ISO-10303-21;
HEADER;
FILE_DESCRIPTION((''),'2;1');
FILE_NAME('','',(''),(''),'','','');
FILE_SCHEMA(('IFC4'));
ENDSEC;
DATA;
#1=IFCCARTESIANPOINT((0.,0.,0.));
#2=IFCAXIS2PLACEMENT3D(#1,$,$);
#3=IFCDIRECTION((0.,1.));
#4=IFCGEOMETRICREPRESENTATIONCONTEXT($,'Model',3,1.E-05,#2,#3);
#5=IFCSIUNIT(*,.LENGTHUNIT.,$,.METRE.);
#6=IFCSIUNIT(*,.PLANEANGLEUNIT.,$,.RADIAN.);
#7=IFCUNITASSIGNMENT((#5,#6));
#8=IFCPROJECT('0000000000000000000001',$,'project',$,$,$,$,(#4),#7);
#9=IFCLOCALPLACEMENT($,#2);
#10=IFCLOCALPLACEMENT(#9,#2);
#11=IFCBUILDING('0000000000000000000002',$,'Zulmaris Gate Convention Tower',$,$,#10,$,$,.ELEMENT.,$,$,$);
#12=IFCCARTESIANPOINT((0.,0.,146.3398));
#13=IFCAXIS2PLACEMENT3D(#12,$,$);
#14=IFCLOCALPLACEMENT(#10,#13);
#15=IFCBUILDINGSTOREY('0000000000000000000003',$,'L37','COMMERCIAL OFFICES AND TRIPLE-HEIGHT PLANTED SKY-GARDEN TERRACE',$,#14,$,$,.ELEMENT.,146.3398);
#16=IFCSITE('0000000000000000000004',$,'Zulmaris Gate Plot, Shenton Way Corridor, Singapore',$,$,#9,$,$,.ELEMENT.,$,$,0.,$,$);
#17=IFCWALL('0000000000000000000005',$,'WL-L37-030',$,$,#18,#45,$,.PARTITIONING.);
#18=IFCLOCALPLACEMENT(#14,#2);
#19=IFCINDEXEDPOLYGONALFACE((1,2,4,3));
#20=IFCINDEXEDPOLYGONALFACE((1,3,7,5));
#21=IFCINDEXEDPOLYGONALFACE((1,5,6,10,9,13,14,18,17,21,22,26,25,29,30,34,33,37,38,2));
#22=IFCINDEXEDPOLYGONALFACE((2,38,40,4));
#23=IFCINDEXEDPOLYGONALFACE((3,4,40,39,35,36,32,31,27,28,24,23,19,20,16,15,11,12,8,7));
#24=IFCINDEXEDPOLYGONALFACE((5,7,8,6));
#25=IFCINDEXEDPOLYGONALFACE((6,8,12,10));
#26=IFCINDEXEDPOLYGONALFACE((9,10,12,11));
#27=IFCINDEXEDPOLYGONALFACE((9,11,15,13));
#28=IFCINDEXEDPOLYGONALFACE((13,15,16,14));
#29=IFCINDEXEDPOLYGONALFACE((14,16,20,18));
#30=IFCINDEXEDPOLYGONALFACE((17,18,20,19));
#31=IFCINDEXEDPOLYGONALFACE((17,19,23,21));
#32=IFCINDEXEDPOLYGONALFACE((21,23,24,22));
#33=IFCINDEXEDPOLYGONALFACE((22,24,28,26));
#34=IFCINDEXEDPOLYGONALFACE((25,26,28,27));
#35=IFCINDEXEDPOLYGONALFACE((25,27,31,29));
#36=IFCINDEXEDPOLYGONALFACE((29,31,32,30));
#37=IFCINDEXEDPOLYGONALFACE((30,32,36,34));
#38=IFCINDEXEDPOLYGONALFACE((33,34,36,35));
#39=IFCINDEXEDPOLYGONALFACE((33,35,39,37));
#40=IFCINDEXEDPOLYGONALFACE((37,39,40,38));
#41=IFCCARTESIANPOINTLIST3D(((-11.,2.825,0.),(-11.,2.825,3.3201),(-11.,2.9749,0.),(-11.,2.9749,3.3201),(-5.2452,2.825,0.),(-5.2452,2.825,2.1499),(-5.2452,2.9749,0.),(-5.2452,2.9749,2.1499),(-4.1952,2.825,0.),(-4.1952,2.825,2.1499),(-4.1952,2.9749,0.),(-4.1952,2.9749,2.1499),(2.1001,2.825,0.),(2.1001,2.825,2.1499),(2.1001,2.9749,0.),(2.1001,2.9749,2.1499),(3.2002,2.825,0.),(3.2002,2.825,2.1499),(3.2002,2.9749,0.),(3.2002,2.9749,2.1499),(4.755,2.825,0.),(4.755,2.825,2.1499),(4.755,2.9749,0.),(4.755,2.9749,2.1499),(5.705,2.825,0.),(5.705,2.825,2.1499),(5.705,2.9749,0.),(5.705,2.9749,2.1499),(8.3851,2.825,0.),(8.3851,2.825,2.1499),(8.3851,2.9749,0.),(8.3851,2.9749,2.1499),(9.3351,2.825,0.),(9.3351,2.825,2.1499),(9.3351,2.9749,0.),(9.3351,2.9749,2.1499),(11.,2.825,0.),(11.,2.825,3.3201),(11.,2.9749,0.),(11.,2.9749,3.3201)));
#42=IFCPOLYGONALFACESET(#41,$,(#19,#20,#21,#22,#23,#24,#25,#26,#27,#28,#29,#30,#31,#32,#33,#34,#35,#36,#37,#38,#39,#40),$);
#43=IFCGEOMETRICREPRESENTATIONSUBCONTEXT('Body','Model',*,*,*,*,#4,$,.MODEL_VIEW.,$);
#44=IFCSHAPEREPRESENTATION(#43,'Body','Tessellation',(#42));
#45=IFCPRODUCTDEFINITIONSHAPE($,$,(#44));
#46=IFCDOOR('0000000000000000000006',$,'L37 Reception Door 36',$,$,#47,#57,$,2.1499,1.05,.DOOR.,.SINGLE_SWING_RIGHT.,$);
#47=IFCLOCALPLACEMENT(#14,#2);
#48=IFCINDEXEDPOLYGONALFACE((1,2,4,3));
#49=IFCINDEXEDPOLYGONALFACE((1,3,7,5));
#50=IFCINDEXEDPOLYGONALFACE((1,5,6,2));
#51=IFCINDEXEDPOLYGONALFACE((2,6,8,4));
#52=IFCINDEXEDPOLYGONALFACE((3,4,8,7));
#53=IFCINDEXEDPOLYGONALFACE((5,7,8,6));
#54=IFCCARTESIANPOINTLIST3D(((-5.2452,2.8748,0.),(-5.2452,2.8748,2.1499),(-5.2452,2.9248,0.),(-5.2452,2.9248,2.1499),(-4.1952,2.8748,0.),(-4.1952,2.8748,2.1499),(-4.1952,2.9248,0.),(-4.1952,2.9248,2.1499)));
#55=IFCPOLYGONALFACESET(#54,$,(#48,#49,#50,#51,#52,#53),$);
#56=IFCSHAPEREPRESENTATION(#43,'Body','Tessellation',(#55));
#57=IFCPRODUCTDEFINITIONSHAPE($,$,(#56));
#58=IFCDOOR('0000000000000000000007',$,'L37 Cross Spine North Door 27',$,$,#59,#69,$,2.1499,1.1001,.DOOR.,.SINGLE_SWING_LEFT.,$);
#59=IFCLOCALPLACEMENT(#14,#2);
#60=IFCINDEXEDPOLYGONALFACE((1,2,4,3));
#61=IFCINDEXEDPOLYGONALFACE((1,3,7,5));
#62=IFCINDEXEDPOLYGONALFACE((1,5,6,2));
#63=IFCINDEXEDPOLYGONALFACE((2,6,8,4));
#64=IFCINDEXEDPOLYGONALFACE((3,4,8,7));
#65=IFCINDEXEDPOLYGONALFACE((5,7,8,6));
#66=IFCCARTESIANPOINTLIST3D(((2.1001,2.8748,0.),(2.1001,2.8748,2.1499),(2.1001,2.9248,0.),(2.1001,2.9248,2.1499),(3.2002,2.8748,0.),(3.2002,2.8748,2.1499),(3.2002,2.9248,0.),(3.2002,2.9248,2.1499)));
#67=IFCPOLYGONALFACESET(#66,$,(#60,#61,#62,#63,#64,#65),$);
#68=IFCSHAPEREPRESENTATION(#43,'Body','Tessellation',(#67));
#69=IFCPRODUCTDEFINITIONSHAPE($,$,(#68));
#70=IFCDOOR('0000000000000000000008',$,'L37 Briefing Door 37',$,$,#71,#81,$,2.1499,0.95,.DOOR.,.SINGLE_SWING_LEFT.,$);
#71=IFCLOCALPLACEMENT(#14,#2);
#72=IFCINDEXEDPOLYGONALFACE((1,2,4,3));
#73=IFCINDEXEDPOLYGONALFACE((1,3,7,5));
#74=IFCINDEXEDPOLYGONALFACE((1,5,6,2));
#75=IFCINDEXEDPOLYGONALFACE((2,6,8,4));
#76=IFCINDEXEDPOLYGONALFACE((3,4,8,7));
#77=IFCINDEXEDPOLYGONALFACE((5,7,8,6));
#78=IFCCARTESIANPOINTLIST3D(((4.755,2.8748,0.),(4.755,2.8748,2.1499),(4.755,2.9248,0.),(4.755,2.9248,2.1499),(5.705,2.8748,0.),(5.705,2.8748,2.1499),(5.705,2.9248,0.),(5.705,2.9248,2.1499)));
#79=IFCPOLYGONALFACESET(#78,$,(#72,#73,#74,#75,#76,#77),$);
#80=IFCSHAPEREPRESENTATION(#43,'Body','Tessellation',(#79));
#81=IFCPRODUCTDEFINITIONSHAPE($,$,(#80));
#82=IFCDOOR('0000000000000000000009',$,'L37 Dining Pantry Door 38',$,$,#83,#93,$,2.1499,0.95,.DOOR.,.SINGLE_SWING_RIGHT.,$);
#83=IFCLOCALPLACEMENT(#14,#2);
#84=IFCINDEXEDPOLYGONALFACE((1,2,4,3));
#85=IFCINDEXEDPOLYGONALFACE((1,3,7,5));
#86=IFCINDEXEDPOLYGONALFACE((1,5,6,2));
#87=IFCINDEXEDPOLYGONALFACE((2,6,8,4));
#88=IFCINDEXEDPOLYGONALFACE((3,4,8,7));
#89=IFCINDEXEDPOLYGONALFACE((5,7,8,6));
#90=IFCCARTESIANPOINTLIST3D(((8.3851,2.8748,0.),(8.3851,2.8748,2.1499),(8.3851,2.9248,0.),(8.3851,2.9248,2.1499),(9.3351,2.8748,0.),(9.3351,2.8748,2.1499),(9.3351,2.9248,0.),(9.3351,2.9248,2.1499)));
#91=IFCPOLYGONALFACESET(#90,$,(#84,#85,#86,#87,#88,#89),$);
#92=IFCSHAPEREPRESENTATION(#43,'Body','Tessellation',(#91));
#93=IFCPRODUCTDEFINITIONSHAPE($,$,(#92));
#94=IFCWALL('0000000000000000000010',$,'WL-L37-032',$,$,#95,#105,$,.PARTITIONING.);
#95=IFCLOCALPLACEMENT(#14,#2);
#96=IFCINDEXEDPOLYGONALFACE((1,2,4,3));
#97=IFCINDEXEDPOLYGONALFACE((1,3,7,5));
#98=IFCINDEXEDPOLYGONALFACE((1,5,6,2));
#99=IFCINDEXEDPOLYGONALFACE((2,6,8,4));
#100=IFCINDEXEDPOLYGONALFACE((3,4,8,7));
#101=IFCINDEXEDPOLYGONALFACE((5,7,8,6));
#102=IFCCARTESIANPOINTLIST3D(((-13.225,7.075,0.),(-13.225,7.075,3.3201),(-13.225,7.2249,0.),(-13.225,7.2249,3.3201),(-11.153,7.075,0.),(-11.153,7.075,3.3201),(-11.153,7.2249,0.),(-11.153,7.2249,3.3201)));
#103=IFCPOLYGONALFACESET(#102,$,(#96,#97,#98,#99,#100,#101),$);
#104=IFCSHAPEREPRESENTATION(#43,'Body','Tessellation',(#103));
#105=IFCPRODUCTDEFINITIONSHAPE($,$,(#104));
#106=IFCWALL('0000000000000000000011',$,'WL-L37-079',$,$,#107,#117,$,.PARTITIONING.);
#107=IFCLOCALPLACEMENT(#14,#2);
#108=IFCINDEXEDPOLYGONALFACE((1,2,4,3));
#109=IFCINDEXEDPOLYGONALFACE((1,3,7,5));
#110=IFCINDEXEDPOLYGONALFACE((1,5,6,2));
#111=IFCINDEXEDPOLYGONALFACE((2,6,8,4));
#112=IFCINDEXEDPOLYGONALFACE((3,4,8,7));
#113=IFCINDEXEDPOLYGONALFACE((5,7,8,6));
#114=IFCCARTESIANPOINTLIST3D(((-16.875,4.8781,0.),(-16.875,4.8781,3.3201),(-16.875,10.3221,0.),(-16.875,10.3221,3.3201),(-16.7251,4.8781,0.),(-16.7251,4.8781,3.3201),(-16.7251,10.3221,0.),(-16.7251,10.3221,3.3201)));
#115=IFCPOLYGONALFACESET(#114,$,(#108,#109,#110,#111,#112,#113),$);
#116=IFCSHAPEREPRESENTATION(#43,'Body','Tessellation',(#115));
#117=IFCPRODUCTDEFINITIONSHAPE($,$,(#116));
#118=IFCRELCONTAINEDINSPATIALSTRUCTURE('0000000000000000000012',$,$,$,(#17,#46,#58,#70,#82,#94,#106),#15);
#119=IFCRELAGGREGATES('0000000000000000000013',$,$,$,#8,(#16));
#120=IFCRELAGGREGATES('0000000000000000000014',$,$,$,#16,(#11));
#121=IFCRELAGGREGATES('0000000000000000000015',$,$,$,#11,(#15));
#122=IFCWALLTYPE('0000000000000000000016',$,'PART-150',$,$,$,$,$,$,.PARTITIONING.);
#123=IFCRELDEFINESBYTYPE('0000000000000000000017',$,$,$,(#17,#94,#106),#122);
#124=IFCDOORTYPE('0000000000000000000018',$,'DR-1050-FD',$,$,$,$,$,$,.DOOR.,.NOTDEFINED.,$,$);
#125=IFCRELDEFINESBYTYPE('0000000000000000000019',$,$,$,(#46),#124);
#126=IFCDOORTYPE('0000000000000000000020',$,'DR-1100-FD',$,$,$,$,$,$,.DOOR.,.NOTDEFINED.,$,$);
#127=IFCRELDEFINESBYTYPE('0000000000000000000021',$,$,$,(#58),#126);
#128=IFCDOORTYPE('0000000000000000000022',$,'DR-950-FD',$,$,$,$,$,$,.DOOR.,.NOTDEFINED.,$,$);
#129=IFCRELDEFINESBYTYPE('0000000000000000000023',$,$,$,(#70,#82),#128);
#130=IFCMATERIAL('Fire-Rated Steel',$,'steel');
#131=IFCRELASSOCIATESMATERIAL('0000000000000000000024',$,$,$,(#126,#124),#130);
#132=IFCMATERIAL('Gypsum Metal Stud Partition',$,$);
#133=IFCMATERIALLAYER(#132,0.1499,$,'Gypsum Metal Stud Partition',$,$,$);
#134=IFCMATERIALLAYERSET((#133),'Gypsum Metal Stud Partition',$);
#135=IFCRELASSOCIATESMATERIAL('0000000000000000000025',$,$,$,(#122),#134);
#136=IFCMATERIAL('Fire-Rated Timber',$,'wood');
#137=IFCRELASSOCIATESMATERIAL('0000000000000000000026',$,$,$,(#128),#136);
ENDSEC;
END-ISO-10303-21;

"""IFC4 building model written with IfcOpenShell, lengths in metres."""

from ifc_helpers import new_model, si_unit, direction, frame, frame_2d, origin, place, context, subcontext, project, spatial, rectangle, extrude, material, layer, layer_set, type_object, element, fill, save


model = new_model("IFC4")

# Units and contexts
model_context = context("Model", 3, precision=1e-05, world=origin(), true_north=direction((0.0, 1.0)))
body_context = subcontext(model_context, "Body", "Model", "MODEL_VIEW")
ifc_project = project(units=[si_unit("LENGTHUNIT", "METRE"), si_unit("PLANEANGLEUNIT", "RADIAN")], contexts=[model_context])

# Site, building, storey
site_placement = place(None, origin())
site = spatial("IfcSite", under=ifc_project, at=site_placement, Name="Zulmaris Gate Plot, Shenton Way Corridor, Singapore", CompositionType="ELEMENT", RefElevation=0.0)
building_placement = place(site_placement, origin())
building = spatial("IfcBuilding", under=site, at=building_placement, Name="Zulmaris Gate Convention Tower", CompositionType="ELEMENT")
storey_placement = place(building_placement, frame((0.0, 0.0, 146.3398)))
storey = spatial("IfcBuildingStorey", under=building, at=storey_placement, Name="L37", Description="COMMERCIAL OFFICES AND TRIPLE-HEIGHT PLANTED SKY-GARDEN TERRACE", CompositionType="ELEMENT", Elevation=146.3398)

# Shared definitions
ifc_material_1 = material(Name="Fire-Rated Steel", Category="steel")
door_type_1 = type_object("IfcDoorType", Name="DR-1100-FD", OperationType="NOTDEFINED", PredefinedType="DOOR", material=ifc_material_1)

# Wall, openings, doors
ifc_material_2 = material(Name="Gypsum Metal Stud Partition")
ifc_layer_1 = layer(ifc_material_2, 0.1499, Name="Gypsum Metal Stud Partition")
ifc_layer_set_1 = layer_set([ifc_layer_1], Name="Gypsum Metal Stud Partition")
wall_type_1 = type_object("IfcWallType", Name="PART-150", PredefinedType="PARTITIONING", material=ifc_layer_set_1)
wall_1_placement = place(storey_placement, frame((-11.0, 2.8999, 0.0), z_axis=(0.0, 0.0, 1.0), x_axis=(1.0, 0.0, 0.0)))
wall_1 = element("IfcWall", 1, at=wall_1_placement, inside=storey, type_object=wall_type_1, Name="WL-L37-030", PredefinedType="PARTITIONING", context=body_context, shape_type="SweptSolid", body=[
    extrude(rectangle(XDim=22.0, YDim=0.1499, at=frame_2d((11.0, 0.0))), origin(), (0.0, 0.0, 1.0), 3.3201),
])
opening_1_placement = place(wall_1_placement, frame((13.1001, 0.0, 0.0)))
opening_1 = element("IfcOpeningElement", 2, at=opening_1_placement, cuts=wall_1, PredefinedType="OPENING", context=body_context, shape_type="SweptSolid", body=[
    extrude(rectangle(XDim=1.1001, YDim=2.1499, at=frame_2d((0.55, 1.075))), frame((0.0, 0.085, 0.0), z_axis=(0.0, -1.0, 0.0), x_axis=(1.0, 0.0, 0.0)), (0.0, 0.0, 1.0), 0.1699),
])
opening_2_placement = place(wall_1_placement, frame((5.7549, 0.0, 0.0)))
opening_2 = element("IfcOpeningElement", 3, at=opening_2_placement, cuts=wall_1, PredefinedType="OPENING", context=body_context, shape_type="SweptSolid", body=[
    extrude(rectangle(XDim=1.05, YDim=2.1499, at=frame_2d((0.5249, 1.075))), frame((0.0, 0.085, 0.0), z_axis=(0.0, -1.0, 0.0), x_axis=(1.0, 0.0, 0.0)), (0.0, 0.0, 1.0), 0.1699),
])
opening_3_placement = place(wall_1_placement, frame((15.7549, 0.0, 0.0)))
opening_3 = element("IfcOpeningElement", 4, at=opening_3_placement, cuts=wall_1, PredefinedType="OPENING", context=body_context, shape_type="SweptSolid", body=[
    extrude(rectangle(XDim=0.95, YDim=2.1499, at=frame_2d((0.4751, 1.075))), frame((0.0, 0.085, 0.0), z_axis=(0.0, -1.0, 0.0), x_axis=(1.0, 0.0, 0.0)), (0.0, 0.0, 1.0), 0.1699),
])
opening_4_placement = place(wall_1_placement, frame((19.385, 0.0, 0.0)))
opening_4 = element("IfcOpeningElement", 5, at=opening_4_placement, cuts=wall_1, PredefinedType="OPENING", context=body_context, shape_type="SweptSolid", body=[
    extrude(rectangle(XDim=0.95, YDim=2.1499, at=frame_2d((0.4751, 1.075))), frame((0.0, 0.085, 0.0), z_axis=(0.0, -1.0, 0.0), x_axis=(1.0, 0.0, 0.0)), (0.0, 0.0, 1.0), 0.1699),
])
door_type_2 = type_object("IfcDoorType", Name="DR-1050-FD", OperationType="NOTDEFINED", PredefinedType="DOOR", material=ifc_material_1)
door_1_placement = place(opening_2_placement, origin())
door_1 = element("IfcDoor", 6, at=door_1_placement, inside=storey, type_object=door_type_2, Name="L37 Reception Door 36", OperationType="SINGLE_SWING_RIGHT", OverallHeight=2.1499, OverallWidth=1.05, PredefinedType="DOOR", context=body_context, shape_type="SweptSolid", body=[
    extrude(rectangle(XDim=1.05, YDim=2.1499, at=frame_2d((0.5249, 1.075))), frame((0.0, 0.0249, 0.0), z_axis=(0.0, -1.0, 0.0), x_axis=(1.0, 0.0, 0.0)), (0.0, 0.0, 1.0), 0.05),
])
fill(opening_2, door_1)
door_2_placement = place(opening_1_placement, origin())
door_2 = element("IfcDoor", 7, at=door_2_placement, inside=storey, type_object=door_type_1, Name="L37 Cross Spine North Door 27", OperationType="SINGLE_SWING_LEFT", OverallHeight=2.1499, OverallWidth=1.1001, PredefinedType="DOOR", context=body_context, shape_type="SweptSolid", body=[
    extrude(rectangle(XDim=1.1001, YDim=2.1499, at=frame_2d((0.55, 1.075))), frame((0.0, 0.0249, 0.0), z_axis=(0.0, -1.0, 0.0), x_axis=(1.0, 0.0, 0.0)), (0.0, 0.0, 1.0), 0.05),
])
fill(opening_1, door_2)
ifc_material_3 = material(Name="Fire-Rated Timber", Category="wood")
door_type_3 = type_object("IfcDoorType", Name="DR-950-FD", OperationType="NOTDEFINED", PredefinedType="DOOR", material=ifc_material_3)
door_3_placement = place(opening_3_placement, origin())
door_3 = element("IfcDoor", 8, at=door_3_placement, inside=storey, type_object=door_type_3, Name="L37 Briefing Door 37", OperationType="SINGLE_SWING_LEFT", OverallHeight=2.1499, OverallWidth=0.95, PredefinedType="DOOR", context=body_context, shape_type="SweptSolid", body=[
    extrude(rectangle(XDim=0.95, YDim=2.1499, at=frame_2d((0.4751, 1.075))), frame((0.0, 0.0249, 0.0), z_axis=(0.0, -1.0, 0.0), x_axis=(1.0, 0.0, 0.0)), (0.0, 0.0, 1.0), 0.05),
])
fill(opening_3, door_3)
door_4_placement = place(opening_4_placement, origin())
door_4 = element("IfcDoor", 9, at=door_4_placement, inside=storey, type_object=door_type_3, Name="L37 Dining Pantry Door 38", OperationType="SINGLE_SWING_RIGHT", OverallHeight=2.1499, OverallWidth=0.95, PredefinedType="DOOR", context=body_context, shape_type="SweptSolid", body=[
    extrude(rectangle(XDim=0.95, YDim=2.1499, at=frame_2d((0.4751, 1.075))), frame((0.0, 0.0249, 0.0), z_axis=(0.0, -1.0, 0.0), x_axis=(1.0, 0.0, 0.0)), (0.0, 0.0, 1.0), 0.05),
])
fill(opening_4, door_4)

# Walls
wall_2_placement = place(storey_placement, frame((-13.2251, 7.1499, 0.0), z_axis=(0.0, 0.0, 1.0), x_axis=(1.0, 0.0, 0.0)))
element("IfcWall", 10, at=wall_2_placement, inside=storey, type_object=wall_type_1, Name="WL-L37-032", PredefinedType="PARTITIONING", context=body_context, shape_type="SweptSolid", body=[
    extrude(rectangle(XDim=2.072, YDim=0.1499, at=frame_2d((1.0361, 0.0))), origin(), (0.0, 0.0, 1.0), 3.3201),
])
wall_3_placement = place(storey_placement, frame((-16.8, 4.8779, 0.0), z_axis=(0.0, 0.0, 1.0), x_axis=(0.0, 1.0, 0.0)))
element("IfcWall", 11, at=wall_3_placement, inside=storey, type_object=wall_type_1, Name="WL-L37-079", PredefinedType="PARTITIONING", context=body_context, shape_type="SweptSolid", body=[
    extrude(rectangle(XDim=5.4441, YDim=0.1499, at=frame_2d((2.7222, 0.0))), origin(), (0.0, 0.0, 1.0), 3.3201),
])

save(model, "model.ifc")
